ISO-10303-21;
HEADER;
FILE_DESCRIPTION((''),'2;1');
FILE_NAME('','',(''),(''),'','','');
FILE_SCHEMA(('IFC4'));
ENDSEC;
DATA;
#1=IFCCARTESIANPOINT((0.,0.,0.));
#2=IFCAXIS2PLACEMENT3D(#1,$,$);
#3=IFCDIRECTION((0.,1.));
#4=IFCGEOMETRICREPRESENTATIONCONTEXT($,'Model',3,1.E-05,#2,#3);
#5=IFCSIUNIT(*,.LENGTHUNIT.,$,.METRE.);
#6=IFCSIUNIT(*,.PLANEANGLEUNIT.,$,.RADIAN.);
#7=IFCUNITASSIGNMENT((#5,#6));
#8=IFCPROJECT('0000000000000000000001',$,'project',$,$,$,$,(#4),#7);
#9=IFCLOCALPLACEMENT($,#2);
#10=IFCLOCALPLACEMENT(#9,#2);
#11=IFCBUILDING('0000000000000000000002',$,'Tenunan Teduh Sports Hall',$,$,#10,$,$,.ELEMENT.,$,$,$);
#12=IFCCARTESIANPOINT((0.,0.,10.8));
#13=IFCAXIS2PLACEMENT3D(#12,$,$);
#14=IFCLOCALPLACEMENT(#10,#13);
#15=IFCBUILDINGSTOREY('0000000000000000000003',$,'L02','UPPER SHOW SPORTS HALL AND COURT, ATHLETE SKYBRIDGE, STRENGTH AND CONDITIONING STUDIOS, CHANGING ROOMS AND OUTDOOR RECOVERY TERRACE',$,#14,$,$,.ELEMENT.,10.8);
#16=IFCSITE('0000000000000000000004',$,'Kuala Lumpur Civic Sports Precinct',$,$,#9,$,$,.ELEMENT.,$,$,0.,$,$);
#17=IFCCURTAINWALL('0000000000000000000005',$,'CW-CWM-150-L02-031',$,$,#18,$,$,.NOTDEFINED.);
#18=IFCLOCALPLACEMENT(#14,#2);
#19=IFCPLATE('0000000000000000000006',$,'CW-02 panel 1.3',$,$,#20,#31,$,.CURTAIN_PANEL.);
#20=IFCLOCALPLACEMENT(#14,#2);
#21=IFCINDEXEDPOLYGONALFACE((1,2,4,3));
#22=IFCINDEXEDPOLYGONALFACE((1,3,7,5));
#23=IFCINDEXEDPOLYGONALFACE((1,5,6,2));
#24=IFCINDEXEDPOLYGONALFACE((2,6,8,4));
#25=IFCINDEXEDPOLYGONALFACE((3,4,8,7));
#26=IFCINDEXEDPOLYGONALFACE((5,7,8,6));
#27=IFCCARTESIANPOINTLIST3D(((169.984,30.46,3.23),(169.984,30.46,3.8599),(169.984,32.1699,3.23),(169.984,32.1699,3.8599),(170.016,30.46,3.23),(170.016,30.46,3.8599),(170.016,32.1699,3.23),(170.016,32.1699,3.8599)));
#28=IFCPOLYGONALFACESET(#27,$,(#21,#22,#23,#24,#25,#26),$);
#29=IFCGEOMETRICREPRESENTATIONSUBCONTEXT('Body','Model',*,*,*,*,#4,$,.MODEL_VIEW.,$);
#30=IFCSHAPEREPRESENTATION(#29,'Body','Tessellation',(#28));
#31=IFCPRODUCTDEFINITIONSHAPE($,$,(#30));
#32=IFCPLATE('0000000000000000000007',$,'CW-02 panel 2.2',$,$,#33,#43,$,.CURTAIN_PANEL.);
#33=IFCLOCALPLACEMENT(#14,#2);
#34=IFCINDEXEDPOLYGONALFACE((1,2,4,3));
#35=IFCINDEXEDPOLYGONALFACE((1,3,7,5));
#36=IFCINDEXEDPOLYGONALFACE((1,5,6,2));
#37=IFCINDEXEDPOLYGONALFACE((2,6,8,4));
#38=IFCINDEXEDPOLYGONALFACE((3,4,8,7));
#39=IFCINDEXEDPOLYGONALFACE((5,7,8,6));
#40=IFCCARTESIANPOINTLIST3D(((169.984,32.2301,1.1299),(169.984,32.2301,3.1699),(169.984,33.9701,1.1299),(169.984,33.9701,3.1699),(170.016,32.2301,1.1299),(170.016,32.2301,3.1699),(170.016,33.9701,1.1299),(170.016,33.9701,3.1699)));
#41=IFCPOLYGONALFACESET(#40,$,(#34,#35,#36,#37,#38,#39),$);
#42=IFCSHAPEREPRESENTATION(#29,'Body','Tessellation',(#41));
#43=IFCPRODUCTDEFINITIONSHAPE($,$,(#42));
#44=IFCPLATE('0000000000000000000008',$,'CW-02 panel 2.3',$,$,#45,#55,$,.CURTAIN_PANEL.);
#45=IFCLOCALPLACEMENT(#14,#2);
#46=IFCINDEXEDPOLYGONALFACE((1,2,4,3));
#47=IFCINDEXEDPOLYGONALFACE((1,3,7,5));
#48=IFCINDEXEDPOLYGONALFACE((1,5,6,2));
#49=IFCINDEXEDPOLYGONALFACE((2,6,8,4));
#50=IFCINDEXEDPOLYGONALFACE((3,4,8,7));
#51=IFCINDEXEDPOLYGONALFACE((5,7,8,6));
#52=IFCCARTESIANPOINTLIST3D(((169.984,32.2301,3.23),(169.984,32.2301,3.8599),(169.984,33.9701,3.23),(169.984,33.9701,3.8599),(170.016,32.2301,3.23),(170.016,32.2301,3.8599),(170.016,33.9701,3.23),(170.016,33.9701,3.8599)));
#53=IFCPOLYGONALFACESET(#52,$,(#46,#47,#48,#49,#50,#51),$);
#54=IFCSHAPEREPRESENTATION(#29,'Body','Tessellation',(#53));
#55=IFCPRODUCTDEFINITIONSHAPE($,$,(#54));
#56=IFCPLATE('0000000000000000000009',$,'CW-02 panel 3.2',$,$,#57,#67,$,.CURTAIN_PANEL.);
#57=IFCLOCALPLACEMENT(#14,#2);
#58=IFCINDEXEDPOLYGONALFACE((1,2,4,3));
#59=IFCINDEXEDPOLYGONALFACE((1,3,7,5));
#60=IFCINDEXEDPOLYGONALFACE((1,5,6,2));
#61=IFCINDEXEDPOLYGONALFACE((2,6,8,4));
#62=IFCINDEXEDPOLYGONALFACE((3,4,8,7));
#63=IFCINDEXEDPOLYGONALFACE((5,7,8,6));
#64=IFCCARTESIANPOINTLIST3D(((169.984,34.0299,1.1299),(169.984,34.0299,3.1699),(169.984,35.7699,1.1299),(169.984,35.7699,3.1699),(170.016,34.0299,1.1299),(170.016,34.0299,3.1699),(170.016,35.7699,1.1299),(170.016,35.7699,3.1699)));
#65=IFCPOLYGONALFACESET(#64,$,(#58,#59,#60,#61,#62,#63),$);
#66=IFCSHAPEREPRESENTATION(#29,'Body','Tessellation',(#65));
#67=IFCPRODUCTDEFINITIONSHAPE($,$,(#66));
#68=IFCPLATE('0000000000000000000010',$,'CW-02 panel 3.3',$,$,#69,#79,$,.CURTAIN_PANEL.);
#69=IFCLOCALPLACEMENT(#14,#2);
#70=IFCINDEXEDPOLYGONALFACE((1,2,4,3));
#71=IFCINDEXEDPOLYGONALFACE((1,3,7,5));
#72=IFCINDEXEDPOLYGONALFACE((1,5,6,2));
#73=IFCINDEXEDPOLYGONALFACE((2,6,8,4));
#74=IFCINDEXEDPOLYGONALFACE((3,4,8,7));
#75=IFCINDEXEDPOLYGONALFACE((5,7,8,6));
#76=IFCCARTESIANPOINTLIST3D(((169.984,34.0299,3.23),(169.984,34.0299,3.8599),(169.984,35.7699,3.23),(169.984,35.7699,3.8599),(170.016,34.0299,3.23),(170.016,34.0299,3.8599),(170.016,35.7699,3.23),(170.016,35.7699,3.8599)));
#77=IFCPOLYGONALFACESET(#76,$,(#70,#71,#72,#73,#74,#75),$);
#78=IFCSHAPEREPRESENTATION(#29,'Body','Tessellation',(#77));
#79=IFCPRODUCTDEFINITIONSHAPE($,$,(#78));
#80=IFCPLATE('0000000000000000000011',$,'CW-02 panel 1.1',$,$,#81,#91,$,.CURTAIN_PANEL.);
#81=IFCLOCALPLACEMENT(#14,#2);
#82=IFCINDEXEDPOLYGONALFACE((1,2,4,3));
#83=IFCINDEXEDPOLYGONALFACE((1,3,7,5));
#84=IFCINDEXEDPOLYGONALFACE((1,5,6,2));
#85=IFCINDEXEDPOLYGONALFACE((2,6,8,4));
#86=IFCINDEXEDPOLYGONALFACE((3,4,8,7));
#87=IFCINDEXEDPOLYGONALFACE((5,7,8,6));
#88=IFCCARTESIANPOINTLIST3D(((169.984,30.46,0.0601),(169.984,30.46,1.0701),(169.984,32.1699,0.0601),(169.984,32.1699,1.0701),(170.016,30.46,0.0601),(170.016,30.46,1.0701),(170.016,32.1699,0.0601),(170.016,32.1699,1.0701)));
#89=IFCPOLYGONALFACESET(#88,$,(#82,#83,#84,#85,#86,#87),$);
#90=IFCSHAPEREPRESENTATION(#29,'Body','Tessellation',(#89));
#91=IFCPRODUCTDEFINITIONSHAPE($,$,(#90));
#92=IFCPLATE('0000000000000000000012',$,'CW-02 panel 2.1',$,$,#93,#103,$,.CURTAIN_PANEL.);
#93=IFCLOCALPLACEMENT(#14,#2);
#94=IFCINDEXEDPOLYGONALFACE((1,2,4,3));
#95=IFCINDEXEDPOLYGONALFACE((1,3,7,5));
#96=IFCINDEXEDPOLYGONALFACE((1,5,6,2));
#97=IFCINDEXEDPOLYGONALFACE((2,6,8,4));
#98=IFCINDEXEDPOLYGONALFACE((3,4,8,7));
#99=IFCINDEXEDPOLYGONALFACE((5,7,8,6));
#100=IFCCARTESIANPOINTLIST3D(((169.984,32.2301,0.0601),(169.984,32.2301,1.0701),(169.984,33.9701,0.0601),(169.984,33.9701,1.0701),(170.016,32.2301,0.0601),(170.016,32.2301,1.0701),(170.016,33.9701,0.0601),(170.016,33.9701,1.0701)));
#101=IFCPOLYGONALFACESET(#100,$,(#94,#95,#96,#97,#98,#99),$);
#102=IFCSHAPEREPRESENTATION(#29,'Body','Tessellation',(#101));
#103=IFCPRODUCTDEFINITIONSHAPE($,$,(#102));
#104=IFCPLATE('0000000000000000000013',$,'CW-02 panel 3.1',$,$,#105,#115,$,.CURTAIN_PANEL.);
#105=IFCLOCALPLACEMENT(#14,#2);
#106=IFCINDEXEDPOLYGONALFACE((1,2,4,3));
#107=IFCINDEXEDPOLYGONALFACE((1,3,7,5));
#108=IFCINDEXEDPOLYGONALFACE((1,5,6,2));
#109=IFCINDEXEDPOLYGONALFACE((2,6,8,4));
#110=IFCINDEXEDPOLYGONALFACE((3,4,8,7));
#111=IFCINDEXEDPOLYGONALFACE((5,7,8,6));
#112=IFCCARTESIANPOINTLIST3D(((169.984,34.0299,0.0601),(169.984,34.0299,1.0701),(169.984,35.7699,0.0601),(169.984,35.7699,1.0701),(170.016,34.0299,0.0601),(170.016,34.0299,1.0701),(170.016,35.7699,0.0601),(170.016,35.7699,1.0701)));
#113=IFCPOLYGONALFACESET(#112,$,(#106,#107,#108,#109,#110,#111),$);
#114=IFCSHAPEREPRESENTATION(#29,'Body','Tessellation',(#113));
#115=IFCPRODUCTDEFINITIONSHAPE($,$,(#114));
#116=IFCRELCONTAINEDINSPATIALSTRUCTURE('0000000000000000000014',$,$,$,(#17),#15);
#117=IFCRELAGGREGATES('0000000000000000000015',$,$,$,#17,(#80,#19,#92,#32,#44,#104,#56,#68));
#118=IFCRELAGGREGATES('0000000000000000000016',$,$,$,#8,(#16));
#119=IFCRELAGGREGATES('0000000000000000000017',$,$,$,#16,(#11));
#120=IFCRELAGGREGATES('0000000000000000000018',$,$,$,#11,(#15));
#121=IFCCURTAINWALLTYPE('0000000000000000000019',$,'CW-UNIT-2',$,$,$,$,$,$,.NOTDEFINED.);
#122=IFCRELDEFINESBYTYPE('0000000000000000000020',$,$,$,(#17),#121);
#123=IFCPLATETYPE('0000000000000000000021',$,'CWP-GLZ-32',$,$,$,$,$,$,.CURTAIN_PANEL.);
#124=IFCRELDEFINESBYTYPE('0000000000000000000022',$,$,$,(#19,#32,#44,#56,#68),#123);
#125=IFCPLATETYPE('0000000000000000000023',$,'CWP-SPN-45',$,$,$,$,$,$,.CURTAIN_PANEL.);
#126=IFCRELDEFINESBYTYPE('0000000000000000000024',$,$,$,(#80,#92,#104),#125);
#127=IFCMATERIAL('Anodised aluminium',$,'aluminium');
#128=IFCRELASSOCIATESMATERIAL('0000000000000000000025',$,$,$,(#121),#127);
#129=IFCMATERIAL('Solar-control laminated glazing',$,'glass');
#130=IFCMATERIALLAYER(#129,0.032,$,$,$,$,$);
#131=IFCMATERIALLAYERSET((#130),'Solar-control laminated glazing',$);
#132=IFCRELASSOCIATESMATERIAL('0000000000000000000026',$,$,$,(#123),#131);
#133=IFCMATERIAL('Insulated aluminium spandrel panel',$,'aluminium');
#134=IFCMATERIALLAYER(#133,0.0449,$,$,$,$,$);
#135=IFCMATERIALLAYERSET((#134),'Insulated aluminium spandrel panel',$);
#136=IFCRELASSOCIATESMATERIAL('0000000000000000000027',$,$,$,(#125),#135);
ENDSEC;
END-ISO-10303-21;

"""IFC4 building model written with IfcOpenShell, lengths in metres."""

from ifc_helpers import new_model, si_unit, direction, frame, origin, origin_2d, place, context, subcontext, project, spatial, rectangle, extrude, material, layer, layer_set, type_object, element, aggregate, save


model = new_model("IFC4")

# Units and contexts
model_context = context("Model", 3, precision=1e-05, world=origin(), true_north=direction((0.0, 1.0)))
body_context = subcontext(model_context, "Body", "Model", "MODEL_VIEW")
ifc_project = project(units=[si_unit("LENGTHUNIT", "METRE"), si_unit("PLANEANGLEUNIT", "RADIAN")], contexts=[model_context])

# Site, building, storey
site_placement = place(None, origin())
site = spatial("IfcSite", under=ifc_project, at=site_placement, Name="Kuala Lumpur Civic Sports Precinct", CompositionType="ELEMENT", RefElevation=0.0)
building_placement = place(site_placement, origin())
building = spatial("IfcBuilding", under=site, at=building_placement, Name="Tenunan Teduh Sports Hall", CompositionType="ELEMENT")
storey_placement = place(building_placement, frame((0.0, 0.0, 10.8)))
storey = spatial("IfcBuildingStorey", under=building, at=storey_placement, Name="L02", Description="UPPER SHOW SPORTS HALL AND COURT, ATHLETE SKYBRIDGE, STRENGTH AND CONDITIONING STUDIOS, CHANGING ROOMS AND OUTDOOR RECOVERY TERRACE", CompositionType="ELEMENT", Elevation=10.8)

# Curtain wall, plates
ifc_material_1 = material(Name="Anodised aluminium", Category="aluminium")
curtain_wall_type = type_object("IfcCurtainWallType", Name="CW-UNIT-2", PredefinedType="NOTDEFINED", material=ifc_material_1)
curtain_wall_placement = place(storey_placement, origin())
curtain_wall = element("IfcCurtainWall", 1, at=curtain_wall_placement, inside=storey, type_object=curtain_wall_type, Name="CW-CWM-150-L02-031", PredefinedType="NOTDEFINED")
ifc_material_2 = material(Name="Solar-control laminated glazing", Category="glass")
ifc_layer_1 = layer(ifc_material_2, 0.032)
ifc_layer_set_1 = layer_set([ifc_layer_1], Name="Solar-control laminated glazing")
plate_type_1 = type_object("IfcPlateType", Name="CWP-GLZ-32", PredefinedType="CURTAIN_PANEL", material=ifc_layer_set_1)
plate_1_placement = place(storey_placement, frame((170.0, 31.3149, 3.23), z_axis=(0.0, 0.0, 1.0), x_axis=(0.0, 1.0, 0.0)))
plate_1 = element("IfcPlate", 2, at=plate_1_placement, type_object=plate_type_1, Name="CW-02 panel 1.3", PredefinedType="CURTAIN_PANEL", context=body_context, shape_type="SweptSolid", body=[
    extrude(rectangle(XDim=1.71, YDim=0.032, at=origin_2d()), origin(), (0.0, 0.0, 1.0), 0.6299),
])
plate_2_placement = place(storey_placement, frame((170.0, 33.1001, 1.1299), z_axis=(0.0, 0.0, 1.0), x_axis=(0.0, 1.0, 0.0)))
plate_2 = element("IfcPlate", 3, at=plate_2_placement, type_object=plate_type_1, Name="CW-02 panel 2.2", PredefinedType="CURTAIN_PANEL", context=body_context, shape_type="SweptSolid", body=[
    extrude(rectangle(XDim=1.74, YDim=0.032, at=origin_2d()), origin(), (0.0, 0.0, 1.0), 2.04),
])
plate_3_placement = place(storey_placement, frame((170.0, 33.1001, 3.23), z_axis=(0.0, 0.0, 1.0), x_axis=(0.0, 1.0, 0.0)))
plate_3 = element("IfcPlate", 4, at=plate_3_placement, type_object=plate_type_1, Name="CW-02 panel 2.3", PredefinedType="CURTAIN_PANEL", context=body_context, shape_type="SweptSolid", body=[
    extrude(rectangle(XDim=1.74, YDim=0.032, at=origin_2d()), origin(), (0.0, 0.0, 1.0), 0.6299),
])
plate_4_placement = place(storey_placement, frame((170.0, 34.8999, 1.1299), z_axis=(0.0, 0.0, 1.0), x_axis=(0.0, 1.0, 0.0)))
plate_4 = element("IfcPlate", 5, at=plate_4_placement, type_object=plate_type_1, Name="CW-02 panel 3.2", PredefinedType="CURTAIN_PANEL", context=body_context, shape_type="SweptSolid", body=[
    extrude(rectangle(XDim=1.74, YDim=0.032, at=origin_2d()), origin(), (0.0, 0.0, 1.0), 2.04),
])
plate_5_placement = place(storey_placement, frame((170.0, 34.8999, 3.23), z_axis=(0.0, 0.0, 1.0), x_axis=(0.0, 1.0, 0.0)))
plate_5 = element("IfcPlate", 6, at=plate_5_placement, type_object=plate_type_1, Name="CW-02 panel 3.3", PredefinedType="CURTAIN_PANEL", context=body_context, shape_type="SweptSolid", body=[
    extrude(rectangle(XDim=1.74, YDim=0.032, at=origin_2d()), origin(), (0.0, 0.0, 1.0), 0.6299),
])
ifc_material_3 = material(Name="Insulated aluminium spandrel panel", Category="aluminium")
ifc_layer_2 = layer(ifc_material_3, 0.0449)
ifc_layer_set_2 = layer_set([ifc_layer_2], Name="Insulated aluminium spandrel panel")
plate_type_2 = type_object("IfcPlateType", Name="CWP-SPN-45", PredefinedType="CURTAIN_PANEL", material=ifc_layer_set_2)
plate_6_placement = place(storey_placement, frame((170.0, 31.3149, 0.0601), z_axis=(0.0, 0.0, 1.0), x_axis=(0.0, 1.0, 0.0)))
plate_6 = element("IfcPlate", 7, at=plate_6_placement, type_object=plate_type_2, Name="CW-02 panel 1.1", PredefinedType="CURTAIN_PANEL", context=body_context, shape_type="SweptSolid", body=[
    extrude(rectangle(XDim=1.71, YDim=0.032, at=origin_2d()), origin(), (0.0, 0.0, 1.0), 1.01),
])
plate_7_placement = place(storey_placement, frame((170.0, 33.1001, 0.0601), z_axis=(0.0, 0.0, 1.0), x_axis=(0.0, 1.0, 0.0)))
plate_7 = element("IfcPlate", 8, at=plate_7_placement, type_object=plate_type_2, Name="CW-02 panel 2.1", PredefinedType="CURTAIN_PANEL", context=body_context, shape_type="SweptSolid", body=[
    extrude(rectangle(XDim=1.74, YDim=0.032, at=origin_2d()), origin(), (0.0, 0.0, 1.0), 1.01),
])
plate_8_placement = place(storey_placement, frame((170.0, 34.8999, 0.0601), z_axis=(0.0, 0.0, 1.0), x_axis=(0.0, 1.0, 0.0)))
plate_8 = element("IfcPlate", 9, at=plate_8_placement, type_object=plate_type_2, Name="CW-02 panel 3.1", PredefinedType="CURTAIN_PANEL", context=body_context, shape_type="SweptSolid", body=[
    extrude(rectangle(XDim=1.74, YDim=0.032, at=origin_2d()), origin(), (0.0, 0.0, 1.0), 1.01),
])
aggregate(curtain_wall, [plate_6, plate_1, plate_7, plate_2, plate_3, plate_8, plate_4, plate_5])

save(model, "model.ifc")
